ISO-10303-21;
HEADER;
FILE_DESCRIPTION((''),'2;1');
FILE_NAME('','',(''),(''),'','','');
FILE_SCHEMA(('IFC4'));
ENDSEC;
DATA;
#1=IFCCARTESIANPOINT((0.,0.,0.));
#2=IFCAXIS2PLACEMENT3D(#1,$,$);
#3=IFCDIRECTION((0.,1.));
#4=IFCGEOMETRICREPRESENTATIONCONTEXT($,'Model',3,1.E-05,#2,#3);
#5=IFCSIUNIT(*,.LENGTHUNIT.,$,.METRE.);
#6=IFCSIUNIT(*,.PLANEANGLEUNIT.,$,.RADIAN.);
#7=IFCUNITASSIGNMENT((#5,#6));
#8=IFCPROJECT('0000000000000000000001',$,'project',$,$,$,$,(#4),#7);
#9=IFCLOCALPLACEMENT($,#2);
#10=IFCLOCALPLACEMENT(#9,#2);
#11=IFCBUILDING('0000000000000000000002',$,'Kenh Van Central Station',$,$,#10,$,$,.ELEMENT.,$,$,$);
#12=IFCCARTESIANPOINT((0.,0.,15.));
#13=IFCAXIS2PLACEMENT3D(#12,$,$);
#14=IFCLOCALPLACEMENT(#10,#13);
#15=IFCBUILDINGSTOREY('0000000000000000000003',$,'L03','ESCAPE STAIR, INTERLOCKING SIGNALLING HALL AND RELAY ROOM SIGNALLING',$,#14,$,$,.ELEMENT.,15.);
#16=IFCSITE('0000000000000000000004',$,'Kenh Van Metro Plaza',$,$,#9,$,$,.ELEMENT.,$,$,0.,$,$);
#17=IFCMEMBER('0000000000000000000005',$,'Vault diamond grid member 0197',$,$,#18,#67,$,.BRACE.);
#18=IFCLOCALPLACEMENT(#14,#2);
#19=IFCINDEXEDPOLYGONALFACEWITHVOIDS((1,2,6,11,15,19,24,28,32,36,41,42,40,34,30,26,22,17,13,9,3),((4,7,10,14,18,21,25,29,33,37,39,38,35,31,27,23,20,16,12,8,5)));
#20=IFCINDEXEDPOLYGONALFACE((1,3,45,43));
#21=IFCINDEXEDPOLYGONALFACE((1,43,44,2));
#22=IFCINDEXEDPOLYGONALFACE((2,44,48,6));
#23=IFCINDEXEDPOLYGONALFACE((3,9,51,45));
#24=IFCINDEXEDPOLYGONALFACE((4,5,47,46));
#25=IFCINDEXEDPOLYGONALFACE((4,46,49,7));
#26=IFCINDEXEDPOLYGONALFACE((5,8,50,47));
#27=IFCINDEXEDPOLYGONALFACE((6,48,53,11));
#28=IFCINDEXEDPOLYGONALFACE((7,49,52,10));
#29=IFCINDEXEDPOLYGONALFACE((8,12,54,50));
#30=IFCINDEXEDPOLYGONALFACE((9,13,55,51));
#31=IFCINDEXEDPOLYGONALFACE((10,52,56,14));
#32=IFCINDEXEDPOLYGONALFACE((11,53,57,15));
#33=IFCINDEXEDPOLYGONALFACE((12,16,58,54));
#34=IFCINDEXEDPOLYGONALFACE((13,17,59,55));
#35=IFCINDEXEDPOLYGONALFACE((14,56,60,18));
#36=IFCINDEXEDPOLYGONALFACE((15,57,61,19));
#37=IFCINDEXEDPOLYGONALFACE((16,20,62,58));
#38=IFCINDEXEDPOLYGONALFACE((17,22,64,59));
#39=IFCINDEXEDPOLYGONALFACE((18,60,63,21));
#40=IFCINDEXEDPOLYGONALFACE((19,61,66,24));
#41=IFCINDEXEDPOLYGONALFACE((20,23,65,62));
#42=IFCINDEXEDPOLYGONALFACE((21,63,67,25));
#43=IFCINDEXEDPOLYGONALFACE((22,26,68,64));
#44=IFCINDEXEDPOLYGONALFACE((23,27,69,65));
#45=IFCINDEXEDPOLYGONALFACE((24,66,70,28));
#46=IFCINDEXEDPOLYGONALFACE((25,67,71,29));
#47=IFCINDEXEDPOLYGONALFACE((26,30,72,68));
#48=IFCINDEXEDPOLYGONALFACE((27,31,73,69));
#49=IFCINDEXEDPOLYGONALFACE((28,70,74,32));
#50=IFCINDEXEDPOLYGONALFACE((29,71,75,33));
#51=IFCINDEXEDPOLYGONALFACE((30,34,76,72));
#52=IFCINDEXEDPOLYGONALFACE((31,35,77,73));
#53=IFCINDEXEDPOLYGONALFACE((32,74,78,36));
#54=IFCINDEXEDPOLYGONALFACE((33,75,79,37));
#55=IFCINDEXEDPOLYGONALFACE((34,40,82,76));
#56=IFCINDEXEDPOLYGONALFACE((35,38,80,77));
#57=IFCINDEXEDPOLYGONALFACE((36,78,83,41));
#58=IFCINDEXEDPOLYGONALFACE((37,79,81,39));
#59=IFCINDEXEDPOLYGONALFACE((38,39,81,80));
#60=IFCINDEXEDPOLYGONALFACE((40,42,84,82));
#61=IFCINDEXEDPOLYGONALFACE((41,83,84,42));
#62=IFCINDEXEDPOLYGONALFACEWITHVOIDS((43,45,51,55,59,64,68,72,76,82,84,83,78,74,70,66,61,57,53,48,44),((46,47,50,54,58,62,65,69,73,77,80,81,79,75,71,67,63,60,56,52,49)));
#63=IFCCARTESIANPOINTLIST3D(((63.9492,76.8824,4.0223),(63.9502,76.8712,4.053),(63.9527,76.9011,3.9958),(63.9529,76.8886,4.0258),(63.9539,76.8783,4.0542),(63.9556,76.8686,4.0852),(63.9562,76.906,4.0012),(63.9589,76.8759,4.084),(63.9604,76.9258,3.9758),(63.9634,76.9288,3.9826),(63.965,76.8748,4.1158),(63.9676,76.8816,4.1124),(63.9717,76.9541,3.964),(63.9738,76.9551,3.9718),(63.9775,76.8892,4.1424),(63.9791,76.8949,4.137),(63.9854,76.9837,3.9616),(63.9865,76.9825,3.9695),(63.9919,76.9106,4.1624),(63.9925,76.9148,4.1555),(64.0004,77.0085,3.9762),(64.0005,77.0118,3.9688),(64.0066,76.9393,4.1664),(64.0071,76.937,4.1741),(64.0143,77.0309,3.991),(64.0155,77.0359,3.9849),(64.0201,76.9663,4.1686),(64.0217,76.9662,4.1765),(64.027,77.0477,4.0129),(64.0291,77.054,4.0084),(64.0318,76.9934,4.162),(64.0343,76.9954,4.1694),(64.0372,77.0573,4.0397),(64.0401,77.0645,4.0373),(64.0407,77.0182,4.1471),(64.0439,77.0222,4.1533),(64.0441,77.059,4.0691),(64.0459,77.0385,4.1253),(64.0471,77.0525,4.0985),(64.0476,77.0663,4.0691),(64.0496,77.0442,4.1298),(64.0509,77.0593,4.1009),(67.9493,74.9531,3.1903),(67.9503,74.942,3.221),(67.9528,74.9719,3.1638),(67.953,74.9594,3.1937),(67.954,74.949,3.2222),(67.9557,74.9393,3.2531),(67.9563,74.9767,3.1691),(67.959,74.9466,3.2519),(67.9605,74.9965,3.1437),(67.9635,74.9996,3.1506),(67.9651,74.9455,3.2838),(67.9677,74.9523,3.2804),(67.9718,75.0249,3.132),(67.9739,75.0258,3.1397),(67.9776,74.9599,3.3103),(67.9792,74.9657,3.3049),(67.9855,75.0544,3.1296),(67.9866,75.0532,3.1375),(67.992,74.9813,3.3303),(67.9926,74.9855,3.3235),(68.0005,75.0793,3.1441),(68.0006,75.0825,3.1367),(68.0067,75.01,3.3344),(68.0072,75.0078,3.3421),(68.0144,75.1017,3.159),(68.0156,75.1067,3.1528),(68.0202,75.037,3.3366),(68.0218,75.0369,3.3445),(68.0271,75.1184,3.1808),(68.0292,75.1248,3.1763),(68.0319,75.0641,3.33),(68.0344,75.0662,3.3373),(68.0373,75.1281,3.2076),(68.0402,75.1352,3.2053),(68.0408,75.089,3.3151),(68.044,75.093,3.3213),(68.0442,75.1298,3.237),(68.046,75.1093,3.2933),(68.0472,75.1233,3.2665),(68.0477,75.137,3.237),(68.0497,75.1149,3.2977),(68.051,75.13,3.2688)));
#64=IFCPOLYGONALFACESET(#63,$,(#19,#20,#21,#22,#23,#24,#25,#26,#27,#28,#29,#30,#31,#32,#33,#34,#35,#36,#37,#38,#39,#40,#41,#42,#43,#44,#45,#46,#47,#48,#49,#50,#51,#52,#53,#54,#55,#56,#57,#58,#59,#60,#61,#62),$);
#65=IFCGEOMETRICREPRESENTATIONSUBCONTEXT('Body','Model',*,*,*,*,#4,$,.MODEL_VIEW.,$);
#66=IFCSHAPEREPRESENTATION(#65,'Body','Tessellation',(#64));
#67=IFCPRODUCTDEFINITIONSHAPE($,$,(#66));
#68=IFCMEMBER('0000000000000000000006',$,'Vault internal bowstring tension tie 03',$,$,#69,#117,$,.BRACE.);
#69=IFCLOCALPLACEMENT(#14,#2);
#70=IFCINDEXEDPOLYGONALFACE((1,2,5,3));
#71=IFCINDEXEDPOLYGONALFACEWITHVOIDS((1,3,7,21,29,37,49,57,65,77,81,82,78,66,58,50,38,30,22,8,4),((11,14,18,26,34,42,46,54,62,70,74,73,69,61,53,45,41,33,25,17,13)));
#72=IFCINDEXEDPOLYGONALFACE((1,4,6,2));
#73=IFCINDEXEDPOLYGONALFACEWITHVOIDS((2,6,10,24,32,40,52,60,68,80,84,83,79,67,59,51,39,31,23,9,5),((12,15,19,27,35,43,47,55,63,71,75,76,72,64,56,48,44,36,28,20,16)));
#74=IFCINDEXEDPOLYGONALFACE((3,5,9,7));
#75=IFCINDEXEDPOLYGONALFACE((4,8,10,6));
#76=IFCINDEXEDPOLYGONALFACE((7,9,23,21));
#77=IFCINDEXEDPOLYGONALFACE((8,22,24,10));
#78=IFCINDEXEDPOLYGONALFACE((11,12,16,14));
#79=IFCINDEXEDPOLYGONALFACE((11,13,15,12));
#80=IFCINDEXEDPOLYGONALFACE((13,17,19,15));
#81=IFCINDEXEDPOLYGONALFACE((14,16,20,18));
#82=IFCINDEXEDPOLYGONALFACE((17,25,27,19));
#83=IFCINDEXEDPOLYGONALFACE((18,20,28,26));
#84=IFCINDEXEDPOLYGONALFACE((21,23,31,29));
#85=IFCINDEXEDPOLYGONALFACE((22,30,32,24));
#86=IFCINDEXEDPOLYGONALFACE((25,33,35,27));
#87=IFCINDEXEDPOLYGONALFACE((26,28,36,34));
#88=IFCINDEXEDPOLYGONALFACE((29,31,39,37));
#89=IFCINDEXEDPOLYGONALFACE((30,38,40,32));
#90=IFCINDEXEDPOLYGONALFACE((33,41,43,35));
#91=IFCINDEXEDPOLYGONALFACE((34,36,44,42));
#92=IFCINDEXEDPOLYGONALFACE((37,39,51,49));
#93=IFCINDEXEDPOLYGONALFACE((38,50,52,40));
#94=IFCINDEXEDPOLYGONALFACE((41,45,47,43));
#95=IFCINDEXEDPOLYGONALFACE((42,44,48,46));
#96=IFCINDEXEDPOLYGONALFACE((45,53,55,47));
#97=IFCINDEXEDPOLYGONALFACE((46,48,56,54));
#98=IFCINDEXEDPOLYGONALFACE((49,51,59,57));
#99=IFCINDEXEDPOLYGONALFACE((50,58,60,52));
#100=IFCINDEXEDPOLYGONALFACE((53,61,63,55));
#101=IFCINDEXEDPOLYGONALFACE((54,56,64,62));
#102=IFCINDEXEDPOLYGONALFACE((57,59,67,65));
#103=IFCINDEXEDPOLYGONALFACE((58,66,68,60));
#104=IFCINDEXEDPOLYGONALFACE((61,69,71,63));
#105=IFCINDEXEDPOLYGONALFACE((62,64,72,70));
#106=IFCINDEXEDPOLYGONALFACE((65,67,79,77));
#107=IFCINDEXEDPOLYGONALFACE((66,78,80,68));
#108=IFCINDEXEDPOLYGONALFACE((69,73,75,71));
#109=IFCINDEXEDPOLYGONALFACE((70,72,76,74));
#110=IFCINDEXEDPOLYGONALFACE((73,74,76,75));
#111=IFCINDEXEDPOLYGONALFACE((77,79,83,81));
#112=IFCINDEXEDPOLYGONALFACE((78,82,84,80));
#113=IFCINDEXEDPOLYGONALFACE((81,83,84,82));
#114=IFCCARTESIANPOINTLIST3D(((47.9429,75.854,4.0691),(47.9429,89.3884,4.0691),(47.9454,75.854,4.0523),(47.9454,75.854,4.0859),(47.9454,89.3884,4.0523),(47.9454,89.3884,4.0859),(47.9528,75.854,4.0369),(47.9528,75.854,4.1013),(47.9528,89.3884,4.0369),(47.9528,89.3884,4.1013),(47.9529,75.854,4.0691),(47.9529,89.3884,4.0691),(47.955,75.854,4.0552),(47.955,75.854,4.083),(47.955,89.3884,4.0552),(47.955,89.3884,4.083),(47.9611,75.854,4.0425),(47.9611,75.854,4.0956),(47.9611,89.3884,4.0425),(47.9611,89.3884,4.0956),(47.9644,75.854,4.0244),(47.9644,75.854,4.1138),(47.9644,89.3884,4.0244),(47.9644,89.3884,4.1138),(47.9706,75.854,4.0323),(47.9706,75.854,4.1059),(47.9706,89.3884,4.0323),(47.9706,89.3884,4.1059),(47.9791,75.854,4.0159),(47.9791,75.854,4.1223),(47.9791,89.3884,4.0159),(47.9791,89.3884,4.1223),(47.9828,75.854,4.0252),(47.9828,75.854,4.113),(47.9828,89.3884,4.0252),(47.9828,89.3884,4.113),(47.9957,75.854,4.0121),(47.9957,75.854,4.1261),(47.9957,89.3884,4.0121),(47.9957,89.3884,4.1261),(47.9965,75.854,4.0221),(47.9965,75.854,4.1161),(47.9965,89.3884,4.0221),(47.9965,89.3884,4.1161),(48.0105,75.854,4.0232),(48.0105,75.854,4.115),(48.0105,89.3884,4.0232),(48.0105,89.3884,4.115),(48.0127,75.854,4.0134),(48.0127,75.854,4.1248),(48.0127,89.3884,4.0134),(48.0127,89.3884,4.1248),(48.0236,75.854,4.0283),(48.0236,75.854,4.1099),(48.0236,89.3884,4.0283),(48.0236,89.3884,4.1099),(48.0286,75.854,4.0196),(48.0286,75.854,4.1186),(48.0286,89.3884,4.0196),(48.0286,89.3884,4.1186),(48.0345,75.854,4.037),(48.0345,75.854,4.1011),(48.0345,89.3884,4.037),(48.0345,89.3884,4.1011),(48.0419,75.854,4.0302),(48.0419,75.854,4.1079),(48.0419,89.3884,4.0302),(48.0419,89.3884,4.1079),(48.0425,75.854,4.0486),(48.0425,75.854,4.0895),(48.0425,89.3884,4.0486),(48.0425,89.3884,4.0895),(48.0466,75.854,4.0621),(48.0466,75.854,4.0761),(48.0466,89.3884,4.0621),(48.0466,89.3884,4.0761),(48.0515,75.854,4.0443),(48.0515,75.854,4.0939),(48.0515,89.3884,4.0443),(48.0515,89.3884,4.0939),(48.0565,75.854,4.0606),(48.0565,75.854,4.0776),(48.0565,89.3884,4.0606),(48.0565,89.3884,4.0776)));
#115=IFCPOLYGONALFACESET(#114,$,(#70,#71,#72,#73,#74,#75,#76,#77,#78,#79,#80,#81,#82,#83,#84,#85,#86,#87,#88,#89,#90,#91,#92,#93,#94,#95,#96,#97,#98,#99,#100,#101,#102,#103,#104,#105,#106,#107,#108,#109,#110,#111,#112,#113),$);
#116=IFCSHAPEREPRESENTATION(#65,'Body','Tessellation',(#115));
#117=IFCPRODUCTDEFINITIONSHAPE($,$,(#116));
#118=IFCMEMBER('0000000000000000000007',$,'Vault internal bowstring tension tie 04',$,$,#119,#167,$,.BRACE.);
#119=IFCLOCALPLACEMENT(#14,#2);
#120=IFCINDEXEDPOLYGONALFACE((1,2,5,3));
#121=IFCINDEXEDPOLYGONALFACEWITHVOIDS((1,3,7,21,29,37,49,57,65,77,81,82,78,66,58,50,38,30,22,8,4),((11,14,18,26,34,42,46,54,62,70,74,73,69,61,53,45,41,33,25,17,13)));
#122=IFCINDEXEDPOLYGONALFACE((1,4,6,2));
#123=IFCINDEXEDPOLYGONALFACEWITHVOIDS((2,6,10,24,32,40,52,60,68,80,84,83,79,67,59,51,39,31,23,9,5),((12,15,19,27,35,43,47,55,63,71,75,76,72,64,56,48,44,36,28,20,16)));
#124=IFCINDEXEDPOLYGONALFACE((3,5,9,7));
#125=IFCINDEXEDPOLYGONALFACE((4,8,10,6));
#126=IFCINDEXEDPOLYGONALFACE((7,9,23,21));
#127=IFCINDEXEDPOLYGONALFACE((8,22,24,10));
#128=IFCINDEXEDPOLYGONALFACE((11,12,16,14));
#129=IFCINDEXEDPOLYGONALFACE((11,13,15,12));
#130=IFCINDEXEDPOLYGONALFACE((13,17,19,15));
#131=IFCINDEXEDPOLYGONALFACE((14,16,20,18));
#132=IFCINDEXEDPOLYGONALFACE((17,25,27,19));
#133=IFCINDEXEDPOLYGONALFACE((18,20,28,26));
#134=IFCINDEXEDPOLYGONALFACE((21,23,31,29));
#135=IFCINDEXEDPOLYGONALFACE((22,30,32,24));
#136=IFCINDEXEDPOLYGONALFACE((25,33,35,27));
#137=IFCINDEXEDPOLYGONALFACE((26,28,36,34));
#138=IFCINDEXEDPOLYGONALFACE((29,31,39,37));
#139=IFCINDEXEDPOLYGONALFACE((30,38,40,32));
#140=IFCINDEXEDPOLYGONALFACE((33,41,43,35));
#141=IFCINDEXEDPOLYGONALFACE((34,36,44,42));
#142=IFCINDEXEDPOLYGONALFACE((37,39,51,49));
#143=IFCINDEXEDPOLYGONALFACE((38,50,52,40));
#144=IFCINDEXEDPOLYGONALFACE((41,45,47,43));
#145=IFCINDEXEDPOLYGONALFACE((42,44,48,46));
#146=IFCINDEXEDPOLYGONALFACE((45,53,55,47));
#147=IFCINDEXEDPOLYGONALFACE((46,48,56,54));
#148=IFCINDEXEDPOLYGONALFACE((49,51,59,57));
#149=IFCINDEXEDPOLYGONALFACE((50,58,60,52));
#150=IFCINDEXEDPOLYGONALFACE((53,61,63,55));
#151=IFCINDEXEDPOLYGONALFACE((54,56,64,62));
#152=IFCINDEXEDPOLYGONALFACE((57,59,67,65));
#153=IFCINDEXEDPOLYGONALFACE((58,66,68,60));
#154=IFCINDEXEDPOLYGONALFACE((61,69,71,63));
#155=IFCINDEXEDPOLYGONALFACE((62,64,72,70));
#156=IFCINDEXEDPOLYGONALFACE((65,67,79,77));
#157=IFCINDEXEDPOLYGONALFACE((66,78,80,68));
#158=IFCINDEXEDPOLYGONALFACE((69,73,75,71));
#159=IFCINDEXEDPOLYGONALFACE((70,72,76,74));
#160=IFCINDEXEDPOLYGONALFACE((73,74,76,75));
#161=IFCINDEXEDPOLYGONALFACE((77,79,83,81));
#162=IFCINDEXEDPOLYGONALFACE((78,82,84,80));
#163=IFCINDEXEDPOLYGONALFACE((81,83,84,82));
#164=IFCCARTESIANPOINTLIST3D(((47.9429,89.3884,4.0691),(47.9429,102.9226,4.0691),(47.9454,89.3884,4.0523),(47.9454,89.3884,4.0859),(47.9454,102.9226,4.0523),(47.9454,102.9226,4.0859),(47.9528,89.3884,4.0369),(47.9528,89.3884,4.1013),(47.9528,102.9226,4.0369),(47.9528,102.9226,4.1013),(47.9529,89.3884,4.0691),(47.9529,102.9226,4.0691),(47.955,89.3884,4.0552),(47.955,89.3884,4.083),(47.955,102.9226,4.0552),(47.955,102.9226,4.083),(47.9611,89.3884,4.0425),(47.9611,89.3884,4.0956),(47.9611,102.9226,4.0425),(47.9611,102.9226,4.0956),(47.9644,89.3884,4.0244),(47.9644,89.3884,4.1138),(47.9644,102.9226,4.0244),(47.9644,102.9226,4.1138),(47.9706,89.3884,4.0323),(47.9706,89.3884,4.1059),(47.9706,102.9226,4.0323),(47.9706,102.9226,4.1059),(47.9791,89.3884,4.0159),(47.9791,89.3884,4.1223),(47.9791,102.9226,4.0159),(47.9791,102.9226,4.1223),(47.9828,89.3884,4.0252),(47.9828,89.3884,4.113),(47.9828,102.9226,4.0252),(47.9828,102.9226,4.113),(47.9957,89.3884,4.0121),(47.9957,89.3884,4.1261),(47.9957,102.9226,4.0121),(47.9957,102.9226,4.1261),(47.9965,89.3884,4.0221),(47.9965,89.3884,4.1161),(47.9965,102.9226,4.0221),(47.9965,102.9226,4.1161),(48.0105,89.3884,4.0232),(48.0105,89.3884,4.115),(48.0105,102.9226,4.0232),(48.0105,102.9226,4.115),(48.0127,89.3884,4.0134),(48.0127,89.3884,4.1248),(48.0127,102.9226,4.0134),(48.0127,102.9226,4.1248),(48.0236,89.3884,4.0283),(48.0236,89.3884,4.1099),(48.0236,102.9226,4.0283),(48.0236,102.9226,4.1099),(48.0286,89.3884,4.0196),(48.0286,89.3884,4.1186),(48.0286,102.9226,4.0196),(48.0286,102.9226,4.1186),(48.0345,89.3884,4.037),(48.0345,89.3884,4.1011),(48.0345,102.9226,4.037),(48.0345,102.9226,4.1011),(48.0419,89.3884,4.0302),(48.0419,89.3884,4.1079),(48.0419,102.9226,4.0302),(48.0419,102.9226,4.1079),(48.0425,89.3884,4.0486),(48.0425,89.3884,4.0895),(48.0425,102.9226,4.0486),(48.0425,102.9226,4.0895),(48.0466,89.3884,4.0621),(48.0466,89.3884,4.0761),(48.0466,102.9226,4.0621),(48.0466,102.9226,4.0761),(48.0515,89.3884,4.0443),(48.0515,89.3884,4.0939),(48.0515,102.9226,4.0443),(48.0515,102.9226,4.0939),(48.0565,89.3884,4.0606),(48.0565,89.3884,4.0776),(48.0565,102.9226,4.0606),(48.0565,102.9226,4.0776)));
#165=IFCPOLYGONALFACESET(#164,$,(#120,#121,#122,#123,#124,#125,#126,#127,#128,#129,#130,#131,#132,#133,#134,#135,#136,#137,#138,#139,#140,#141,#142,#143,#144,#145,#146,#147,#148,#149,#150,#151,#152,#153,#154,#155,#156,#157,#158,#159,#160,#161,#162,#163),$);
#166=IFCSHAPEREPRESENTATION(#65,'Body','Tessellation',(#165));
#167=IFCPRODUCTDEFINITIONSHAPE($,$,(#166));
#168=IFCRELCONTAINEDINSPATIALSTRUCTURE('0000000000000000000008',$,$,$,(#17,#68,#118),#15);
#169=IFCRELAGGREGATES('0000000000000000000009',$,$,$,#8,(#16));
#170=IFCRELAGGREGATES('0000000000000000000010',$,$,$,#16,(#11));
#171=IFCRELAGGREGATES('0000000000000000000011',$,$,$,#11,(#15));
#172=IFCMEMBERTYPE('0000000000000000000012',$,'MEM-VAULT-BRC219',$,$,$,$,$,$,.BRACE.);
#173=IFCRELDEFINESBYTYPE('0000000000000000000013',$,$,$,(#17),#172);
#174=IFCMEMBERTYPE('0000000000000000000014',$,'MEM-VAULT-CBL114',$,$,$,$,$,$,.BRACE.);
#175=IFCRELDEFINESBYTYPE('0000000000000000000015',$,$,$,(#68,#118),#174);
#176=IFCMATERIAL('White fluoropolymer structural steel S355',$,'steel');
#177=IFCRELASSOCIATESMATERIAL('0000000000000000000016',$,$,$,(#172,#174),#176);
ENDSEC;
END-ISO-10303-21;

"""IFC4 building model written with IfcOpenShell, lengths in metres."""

from ifc_helpers import new_model, si_unit, direction, frame, origin, origin_2d, place, context, subcontext, project, spatial, hollow_circle, extrude, material, material_profile, profile_set, type_object, element, save


model = new_model("IFC4")

# Units and contexts
model_context = context("Model", 3, precision=1e-05, world=origin(), true_north=direction((0.0, 1.0)))
body_context = subcontext(model_context, "Body", "Model", "MODEL_VIEW")
ifc_project = project(units=[si_unit("LENGTHUNIT", "METRE"), si_unit("PLANEANGLEUNIT", "RADIAN")], contexts=[model_context])

# Site, building, storey
site_placement = place(None, origin())
site = spatial("IfcSite", under=ifc_project, at=site_placement, Name="Kenh Van Metro Plaza", CompositionType="ELEMENT", RefElevation=0.0)
building_placement = place(site_placement, origin())
building = spatial("IfcBuilding", under=site, at=building_placement, Name="Kenh Van Central Station", CompositionType="ELEMENT")
storey_placement = place(building_placement, frame((0.0, 0.0, 15.0)))
storey = spatial("IfcBuildingStorey", under=building, at=storey_placement, Name="L03", Description="ESCAPE STAIR, INTERLOCKING SIGNALLING HALL AND RELAY ROOM SIGNALLING", CompositionType="ELEMENT", Elevation=15.0)

# Shared definitions
ifc_material_1 = material(Name="White fluoropolymer structural steel S355", Category="steel")

# Members
ifc_material_profile_1 = material_profile(ifc_material_1, hollow_circle(Radius=0.1096, WallThickness=0.0081, at=origin_2d()), Name="CHS 219.1x8")
ifc_profile_set_1 = profile_set([ifc_material_profile_1], Name="White fluoropolymer structural steel S355")
member_type_1 = type_object("IfcMemberType", Name="MEM-VAULT-BRC219", PredefinedType="BRACE", material=ifc_profile_set_1)
member_1_placement = place(storey_placement, frame((64.0, 76.9675, 4.0691), z_axis=(0.885309, -0.426985, -0.184151), x_axis=(0.434414, 0.900713, 0.0)))
element("IfcMember", 1, at=member_1_placement, inside=storey, type_object=member_type_1, Name="Vault diamond grid member 0197", PredefinedType="BRACE", context=body_context, shape_type="SweptSolid", body=[
    extrude(hollow_circle(Radius=0.1096, WallThickness=0.0081, at=origin_2d()), origin(), (0.0, 0.0, 1.0), 4.5183),
])
ifc_material_profile_2 = material_profile(ifc_material_1, hollow_circle(Radius=0.0571, WallThickness=0.01, at=origin_2d()), Name="CHS 114.3x10")
ifc_profile_set_2 = profile_set([ifc_material_profile_2], Name="White fluoropolymer structural steel S355")
member_type_2 = type_object("IfcMemberType", Name="MEM-VAULT-CBL114", PredefinedType="BRACE", material=ifc_profile_set_2)
member_2_placement = place(storey_placement, frame((48.0, 75.854, 4.0691), z_axis=(0.0, 1.0, 0.0), x_axis=(-1.0, 0.0, 0.0)))
element("IfcMember", 2, at=member_2_placement, inside=storey, type_object=member_type_2, Name="Vault internal bowstring tension tie 03", PredefinedType="BRACE", context=body_context, shape_type="SweptSolid", body=[
    extrude(hollow_circle(Radius=0.0571, WallThickness=0.01, at=origin_2d()), origin(), (0.0, 0.0, 1.0), 13.5344),
])
member_3_placement = place(storey_placement, frame((48.0, 89.3884, 4.0691), z_axis=(0.0, 1.0, 0.0), x_axis=(-1.0, 0.0, 0.0)))
element("IfcMember", 3, at=member_3_placement, inside=storey, type_object=member_type_2, Name="Vault internal bowstring tension tie 04", PredefinedType="BRACE", context=body_context, shape_type="SweptSolid", body=[
    extrude(hollow_circle(Radius=0.0571, WallThickness=0.01, at=origin_2d()), origin(), (0.0, 0.0, 1.0), 13.5342),
])

save(model, "model.ifc")
